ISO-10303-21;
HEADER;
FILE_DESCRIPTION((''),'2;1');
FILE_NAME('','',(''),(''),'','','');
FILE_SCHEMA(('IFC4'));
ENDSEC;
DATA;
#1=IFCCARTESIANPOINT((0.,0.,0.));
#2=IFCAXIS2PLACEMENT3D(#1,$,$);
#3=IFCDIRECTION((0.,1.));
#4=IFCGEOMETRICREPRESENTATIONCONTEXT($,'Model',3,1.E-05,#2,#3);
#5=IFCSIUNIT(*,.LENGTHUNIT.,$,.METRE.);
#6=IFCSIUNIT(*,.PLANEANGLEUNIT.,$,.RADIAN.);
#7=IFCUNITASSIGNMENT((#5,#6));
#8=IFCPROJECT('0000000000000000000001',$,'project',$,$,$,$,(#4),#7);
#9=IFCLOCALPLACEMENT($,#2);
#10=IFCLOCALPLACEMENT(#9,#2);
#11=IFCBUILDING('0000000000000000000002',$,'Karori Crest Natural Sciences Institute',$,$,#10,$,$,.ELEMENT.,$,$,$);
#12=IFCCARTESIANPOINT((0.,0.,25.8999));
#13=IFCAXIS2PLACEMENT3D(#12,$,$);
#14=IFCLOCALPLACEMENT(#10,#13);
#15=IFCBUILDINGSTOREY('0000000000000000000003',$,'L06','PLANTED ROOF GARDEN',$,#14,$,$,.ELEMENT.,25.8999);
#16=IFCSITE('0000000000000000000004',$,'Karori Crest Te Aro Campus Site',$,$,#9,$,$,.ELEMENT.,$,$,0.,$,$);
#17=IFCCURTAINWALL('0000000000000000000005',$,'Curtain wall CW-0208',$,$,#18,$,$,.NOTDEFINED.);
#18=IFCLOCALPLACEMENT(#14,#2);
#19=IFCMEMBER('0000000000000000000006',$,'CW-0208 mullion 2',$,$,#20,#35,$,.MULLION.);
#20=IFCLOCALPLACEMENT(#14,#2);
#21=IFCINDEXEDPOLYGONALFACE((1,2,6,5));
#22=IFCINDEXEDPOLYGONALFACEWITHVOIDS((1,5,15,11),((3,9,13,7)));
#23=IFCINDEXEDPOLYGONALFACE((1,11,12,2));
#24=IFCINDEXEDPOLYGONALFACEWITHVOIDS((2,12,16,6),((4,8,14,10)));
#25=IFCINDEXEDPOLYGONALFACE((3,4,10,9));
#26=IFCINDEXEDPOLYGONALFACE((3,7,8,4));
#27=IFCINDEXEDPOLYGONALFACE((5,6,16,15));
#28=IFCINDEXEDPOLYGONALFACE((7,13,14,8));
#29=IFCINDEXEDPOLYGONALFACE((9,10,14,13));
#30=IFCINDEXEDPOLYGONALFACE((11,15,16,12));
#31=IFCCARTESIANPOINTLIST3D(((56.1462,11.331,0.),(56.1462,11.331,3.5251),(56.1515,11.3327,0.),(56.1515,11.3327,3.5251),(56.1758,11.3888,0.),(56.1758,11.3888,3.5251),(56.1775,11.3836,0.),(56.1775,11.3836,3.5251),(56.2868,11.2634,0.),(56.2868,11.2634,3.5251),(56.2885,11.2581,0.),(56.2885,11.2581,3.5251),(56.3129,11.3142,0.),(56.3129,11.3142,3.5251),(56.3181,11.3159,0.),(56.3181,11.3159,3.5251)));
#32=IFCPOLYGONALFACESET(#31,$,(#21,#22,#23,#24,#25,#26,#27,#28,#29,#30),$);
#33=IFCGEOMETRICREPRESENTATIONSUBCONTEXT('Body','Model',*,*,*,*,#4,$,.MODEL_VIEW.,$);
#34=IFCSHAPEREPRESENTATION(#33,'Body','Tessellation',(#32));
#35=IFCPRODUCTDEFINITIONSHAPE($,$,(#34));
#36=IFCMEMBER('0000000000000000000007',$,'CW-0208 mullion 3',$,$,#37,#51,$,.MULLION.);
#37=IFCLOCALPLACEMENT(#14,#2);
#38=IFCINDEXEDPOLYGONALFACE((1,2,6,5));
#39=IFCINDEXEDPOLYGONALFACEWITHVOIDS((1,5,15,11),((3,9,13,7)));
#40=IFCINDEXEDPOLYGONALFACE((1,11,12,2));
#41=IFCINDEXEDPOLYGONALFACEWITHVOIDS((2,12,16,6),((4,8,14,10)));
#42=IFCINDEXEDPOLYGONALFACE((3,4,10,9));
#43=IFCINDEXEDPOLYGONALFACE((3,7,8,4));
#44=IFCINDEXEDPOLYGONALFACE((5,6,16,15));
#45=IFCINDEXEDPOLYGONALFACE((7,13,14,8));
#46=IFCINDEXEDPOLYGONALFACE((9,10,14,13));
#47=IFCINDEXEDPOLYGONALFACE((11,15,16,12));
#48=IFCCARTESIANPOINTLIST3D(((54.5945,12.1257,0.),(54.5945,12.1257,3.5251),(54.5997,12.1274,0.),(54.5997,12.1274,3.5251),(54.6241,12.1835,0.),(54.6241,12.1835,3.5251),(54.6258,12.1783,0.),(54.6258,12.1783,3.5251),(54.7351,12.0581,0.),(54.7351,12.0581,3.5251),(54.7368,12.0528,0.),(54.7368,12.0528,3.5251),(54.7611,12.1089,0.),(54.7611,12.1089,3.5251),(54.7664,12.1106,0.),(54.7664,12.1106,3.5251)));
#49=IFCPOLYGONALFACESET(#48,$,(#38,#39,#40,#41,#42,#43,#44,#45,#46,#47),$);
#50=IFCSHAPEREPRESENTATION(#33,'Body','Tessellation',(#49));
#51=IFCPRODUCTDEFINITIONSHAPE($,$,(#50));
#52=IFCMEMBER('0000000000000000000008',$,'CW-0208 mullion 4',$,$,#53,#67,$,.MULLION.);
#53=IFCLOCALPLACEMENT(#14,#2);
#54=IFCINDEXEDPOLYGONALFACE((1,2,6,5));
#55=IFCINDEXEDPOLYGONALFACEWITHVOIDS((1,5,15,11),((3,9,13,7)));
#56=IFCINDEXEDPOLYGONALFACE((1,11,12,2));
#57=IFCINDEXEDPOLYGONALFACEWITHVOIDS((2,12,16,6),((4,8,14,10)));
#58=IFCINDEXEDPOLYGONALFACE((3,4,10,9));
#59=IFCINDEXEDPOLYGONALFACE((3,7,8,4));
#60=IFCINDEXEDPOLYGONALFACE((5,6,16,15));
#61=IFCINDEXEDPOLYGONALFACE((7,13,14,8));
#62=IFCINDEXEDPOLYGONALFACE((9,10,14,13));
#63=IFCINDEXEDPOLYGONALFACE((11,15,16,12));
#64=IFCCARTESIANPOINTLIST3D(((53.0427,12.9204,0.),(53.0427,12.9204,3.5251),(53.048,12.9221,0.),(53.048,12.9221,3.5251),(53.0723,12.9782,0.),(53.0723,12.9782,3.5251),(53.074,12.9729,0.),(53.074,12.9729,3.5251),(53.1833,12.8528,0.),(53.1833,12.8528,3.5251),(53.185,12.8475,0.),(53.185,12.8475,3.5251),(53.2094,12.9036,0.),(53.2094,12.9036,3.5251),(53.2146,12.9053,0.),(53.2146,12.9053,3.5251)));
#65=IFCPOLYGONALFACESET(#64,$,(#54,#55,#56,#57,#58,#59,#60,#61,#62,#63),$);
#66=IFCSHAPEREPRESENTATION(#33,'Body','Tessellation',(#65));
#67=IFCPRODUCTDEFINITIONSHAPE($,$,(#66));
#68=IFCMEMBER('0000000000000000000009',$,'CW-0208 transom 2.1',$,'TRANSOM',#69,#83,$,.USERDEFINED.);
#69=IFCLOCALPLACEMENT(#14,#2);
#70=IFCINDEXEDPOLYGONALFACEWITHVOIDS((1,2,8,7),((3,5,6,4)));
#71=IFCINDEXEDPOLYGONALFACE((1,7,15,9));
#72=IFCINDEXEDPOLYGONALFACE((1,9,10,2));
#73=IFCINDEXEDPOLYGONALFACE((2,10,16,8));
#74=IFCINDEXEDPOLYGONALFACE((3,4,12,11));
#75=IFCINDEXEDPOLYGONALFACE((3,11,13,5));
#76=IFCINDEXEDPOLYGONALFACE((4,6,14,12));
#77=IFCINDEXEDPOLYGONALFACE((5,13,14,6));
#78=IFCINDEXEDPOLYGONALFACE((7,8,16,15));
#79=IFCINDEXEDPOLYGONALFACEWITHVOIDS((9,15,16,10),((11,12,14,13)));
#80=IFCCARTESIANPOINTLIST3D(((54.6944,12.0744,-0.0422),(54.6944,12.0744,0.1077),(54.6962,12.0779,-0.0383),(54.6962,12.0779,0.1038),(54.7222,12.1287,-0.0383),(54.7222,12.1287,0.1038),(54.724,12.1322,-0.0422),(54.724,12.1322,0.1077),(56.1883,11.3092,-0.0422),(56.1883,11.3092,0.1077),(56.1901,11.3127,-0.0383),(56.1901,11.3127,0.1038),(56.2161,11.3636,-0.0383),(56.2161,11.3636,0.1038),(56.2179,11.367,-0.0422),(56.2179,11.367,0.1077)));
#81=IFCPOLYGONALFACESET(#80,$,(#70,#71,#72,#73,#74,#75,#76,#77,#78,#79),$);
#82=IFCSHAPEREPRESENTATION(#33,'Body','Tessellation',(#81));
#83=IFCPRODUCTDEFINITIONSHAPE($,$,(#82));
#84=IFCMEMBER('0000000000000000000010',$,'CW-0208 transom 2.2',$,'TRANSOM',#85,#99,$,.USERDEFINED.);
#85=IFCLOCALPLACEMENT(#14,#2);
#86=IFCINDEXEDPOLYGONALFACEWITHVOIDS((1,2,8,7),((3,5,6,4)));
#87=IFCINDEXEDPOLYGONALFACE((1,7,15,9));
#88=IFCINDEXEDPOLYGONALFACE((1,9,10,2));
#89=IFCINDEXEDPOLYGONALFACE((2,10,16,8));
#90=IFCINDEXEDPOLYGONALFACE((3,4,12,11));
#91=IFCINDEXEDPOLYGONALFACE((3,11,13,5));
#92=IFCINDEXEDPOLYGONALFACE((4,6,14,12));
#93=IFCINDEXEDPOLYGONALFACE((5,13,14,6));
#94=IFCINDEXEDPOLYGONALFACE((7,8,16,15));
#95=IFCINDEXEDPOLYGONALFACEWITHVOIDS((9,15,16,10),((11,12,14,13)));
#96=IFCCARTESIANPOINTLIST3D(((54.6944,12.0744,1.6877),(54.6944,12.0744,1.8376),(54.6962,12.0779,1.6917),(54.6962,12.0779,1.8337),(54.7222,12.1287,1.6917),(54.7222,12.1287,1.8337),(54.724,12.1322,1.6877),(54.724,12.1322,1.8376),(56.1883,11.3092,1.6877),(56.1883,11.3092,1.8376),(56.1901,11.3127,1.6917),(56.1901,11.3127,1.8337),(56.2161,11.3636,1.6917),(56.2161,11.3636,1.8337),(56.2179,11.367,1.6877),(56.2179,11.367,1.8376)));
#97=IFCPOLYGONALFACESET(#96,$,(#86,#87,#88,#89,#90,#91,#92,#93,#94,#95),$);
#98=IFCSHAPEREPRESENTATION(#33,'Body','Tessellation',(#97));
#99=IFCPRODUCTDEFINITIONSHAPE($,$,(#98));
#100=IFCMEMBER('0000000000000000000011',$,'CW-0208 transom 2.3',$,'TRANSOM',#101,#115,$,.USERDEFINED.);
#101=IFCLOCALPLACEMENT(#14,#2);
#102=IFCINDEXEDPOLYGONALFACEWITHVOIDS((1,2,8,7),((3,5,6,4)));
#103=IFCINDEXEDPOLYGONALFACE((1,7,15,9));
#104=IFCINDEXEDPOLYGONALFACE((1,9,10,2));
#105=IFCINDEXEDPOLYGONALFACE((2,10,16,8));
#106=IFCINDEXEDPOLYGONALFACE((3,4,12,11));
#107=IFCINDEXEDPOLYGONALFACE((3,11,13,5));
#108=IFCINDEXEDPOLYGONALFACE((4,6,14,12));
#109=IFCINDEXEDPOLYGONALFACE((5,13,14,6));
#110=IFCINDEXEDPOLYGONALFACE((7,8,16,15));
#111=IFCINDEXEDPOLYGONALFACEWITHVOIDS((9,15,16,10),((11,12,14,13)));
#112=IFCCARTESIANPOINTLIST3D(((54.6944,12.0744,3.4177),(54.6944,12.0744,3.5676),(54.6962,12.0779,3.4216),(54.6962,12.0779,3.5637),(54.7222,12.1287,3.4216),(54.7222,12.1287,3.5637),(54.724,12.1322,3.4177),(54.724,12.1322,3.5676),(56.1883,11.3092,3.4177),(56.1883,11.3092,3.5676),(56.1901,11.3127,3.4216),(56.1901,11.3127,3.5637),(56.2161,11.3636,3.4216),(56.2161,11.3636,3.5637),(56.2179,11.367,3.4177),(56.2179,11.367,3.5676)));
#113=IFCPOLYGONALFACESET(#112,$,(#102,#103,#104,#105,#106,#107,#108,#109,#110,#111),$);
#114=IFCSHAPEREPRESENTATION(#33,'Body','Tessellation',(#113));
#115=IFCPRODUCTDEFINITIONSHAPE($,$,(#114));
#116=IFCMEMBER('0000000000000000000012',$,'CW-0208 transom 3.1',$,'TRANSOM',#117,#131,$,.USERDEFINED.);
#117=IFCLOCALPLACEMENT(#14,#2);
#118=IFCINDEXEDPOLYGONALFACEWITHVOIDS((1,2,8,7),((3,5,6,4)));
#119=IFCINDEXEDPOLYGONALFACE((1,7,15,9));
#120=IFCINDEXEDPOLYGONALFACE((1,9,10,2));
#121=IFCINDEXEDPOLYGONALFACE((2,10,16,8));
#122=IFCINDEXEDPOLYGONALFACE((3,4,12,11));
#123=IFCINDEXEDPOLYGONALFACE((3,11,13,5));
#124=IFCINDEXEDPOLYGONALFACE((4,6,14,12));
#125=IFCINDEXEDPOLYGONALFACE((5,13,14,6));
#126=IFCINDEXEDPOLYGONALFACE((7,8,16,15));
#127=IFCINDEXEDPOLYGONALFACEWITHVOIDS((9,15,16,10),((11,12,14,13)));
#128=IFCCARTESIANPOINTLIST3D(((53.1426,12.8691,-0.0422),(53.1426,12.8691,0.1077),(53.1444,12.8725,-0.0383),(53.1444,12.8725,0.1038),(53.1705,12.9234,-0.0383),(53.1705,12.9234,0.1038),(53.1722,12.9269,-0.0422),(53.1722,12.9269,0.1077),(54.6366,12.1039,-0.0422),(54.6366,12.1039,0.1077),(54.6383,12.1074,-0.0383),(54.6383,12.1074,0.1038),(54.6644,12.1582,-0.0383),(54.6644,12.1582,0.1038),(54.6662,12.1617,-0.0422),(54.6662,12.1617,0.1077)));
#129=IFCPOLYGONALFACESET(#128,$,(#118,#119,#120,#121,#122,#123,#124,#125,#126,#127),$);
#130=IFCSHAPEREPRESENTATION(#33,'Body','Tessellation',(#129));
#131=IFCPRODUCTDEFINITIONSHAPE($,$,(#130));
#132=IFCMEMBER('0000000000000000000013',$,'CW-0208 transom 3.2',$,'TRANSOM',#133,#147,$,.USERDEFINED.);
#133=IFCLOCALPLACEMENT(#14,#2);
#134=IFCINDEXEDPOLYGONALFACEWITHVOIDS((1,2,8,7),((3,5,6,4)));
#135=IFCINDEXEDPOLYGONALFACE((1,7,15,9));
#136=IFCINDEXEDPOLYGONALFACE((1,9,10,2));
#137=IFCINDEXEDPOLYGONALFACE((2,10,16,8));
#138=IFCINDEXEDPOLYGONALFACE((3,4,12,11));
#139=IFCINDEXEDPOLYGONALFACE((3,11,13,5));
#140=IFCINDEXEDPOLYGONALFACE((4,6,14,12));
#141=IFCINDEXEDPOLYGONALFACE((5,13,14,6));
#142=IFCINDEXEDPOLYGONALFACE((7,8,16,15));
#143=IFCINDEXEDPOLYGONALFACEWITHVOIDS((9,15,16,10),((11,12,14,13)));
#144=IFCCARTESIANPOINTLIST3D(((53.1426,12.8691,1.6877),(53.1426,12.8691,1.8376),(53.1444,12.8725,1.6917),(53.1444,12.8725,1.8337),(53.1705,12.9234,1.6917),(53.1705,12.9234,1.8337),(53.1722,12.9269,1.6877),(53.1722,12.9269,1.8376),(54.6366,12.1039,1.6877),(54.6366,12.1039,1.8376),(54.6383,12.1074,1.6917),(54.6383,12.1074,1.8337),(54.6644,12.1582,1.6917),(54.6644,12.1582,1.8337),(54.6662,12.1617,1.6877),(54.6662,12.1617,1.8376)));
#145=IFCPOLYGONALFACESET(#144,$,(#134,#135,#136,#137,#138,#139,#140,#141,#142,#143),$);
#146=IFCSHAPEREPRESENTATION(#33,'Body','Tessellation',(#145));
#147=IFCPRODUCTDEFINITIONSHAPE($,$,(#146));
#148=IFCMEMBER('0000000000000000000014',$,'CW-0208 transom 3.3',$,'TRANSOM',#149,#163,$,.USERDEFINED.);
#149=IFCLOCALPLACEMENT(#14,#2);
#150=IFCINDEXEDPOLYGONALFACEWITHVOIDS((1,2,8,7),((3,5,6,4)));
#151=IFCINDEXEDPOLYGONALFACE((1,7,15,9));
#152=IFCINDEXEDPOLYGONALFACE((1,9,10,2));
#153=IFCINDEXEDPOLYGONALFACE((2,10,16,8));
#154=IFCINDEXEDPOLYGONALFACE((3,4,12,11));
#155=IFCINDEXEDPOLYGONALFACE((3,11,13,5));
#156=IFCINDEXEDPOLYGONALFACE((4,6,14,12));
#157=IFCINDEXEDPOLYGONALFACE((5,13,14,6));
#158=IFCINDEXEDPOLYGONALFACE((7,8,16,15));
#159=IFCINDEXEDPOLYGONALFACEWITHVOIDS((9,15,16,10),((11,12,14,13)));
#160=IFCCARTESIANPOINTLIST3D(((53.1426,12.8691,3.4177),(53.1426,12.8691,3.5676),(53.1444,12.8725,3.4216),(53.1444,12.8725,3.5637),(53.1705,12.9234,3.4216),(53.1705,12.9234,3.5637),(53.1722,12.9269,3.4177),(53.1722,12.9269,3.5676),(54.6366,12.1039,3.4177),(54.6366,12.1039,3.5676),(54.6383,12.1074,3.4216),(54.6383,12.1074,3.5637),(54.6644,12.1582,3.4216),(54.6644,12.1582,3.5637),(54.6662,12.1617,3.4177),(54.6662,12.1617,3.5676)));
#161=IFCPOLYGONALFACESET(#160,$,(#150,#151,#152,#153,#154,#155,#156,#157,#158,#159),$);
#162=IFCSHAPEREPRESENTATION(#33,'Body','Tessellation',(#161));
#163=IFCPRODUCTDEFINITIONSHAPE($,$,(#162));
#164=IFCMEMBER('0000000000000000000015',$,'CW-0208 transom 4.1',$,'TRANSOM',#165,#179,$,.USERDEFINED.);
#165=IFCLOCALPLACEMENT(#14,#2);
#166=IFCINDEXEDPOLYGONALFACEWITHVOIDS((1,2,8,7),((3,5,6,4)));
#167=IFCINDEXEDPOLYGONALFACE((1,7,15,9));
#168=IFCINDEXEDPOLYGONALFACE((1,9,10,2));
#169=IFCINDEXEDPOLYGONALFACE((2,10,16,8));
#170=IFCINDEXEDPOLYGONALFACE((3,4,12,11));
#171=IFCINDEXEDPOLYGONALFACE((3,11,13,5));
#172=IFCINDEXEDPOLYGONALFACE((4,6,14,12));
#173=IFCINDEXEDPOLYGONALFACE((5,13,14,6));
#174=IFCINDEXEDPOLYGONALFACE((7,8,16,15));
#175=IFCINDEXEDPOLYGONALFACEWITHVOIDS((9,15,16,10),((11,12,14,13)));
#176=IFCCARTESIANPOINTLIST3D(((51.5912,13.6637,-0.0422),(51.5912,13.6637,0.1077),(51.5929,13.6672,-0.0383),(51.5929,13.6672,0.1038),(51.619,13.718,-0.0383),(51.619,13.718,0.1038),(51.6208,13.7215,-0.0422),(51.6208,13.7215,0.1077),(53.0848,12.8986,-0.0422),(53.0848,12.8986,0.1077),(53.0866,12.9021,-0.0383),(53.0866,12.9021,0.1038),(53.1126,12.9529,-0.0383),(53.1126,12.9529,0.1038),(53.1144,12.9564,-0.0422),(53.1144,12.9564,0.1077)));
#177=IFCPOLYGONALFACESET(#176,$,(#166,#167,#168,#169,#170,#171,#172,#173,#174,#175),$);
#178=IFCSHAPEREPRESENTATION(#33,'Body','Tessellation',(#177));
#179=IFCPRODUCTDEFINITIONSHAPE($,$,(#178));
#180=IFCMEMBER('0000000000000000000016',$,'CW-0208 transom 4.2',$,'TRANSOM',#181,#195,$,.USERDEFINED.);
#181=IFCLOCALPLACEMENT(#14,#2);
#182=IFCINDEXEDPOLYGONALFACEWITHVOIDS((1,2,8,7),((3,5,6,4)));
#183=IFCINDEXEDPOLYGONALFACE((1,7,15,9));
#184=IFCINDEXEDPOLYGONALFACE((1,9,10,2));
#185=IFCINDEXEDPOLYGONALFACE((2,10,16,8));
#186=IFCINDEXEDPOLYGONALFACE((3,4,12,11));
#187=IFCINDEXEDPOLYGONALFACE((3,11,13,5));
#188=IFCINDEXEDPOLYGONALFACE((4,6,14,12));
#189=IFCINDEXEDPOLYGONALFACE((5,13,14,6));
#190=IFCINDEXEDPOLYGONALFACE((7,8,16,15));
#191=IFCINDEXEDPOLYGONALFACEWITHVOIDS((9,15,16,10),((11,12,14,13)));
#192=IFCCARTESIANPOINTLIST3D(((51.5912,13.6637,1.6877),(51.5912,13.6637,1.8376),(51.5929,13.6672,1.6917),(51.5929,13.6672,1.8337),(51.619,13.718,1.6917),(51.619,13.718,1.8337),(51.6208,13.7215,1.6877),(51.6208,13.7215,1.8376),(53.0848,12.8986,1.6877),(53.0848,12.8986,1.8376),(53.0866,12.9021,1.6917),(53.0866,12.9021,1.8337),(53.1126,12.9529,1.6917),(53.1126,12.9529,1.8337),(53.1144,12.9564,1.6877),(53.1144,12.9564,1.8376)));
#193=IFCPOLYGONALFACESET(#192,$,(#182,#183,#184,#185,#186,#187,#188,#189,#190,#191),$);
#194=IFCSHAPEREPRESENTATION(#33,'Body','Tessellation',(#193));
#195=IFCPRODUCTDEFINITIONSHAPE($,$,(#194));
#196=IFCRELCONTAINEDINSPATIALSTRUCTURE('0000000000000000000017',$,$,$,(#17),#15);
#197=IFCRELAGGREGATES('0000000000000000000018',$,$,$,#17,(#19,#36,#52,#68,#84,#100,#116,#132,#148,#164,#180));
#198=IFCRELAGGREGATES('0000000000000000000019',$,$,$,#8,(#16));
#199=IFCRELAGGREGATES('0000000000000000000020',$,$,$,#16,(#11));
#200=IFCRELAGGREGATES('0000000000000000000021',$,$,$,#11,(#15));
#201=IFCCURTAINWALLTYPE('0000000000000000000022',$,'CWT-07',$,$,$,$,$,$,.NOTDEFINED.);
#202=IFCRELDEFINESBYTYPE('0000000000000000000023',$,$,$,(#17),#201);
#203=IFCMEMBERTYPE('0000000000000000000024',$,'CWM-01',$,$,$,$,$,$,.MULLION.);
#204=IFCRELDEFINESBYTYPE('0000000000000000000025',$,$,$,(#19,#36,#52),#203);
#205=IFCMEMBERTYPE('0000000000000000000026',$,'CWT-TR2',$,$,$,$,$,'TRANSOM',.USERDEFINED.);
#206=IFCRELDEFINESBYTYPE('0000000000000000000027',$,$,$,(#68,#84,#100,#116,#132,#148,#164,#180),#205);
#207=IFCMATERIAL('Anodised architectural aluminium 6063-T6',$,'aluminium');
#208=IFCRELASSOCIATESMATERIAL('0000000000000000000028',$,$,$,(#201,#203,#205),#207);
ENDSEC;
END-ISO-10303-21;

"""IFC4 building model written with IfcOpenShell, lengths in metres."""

from ifc_helpers import new_model, si_unit, direction, frame, origin, origin_2d, place, context, subcontext, project, spatial, hollow_rectangle, extrude, material, material_profile, profile_set, type_object, element, aggregate, save


model = new_model("IFC4")

# Units and contexts
model_context = context("Model", 3, precision=1e-05, world=origin(), true_north=direction((0.0, 1.0)))
body_context = subcontext(model_context, "Body", "Model", "MODEL_VIEW")
ifc_project = project(units=[si_unit("LENGTHUNIT", "METRE"), si_unit("PLANEANGLEUNIT", "RADIAN")], contexts=[model_context])

# Site, building, storey
site_placement = place(None, origin())
site = spatial("IfcSite", under=ifc_project, at=site_placement, Name="Karori Crest Te Aro Campus Site", CompositionType="ELEMENT", RefElevation=0.0)
building_placement = place(site_placement, origin())
building = spatial("IfcBuilding", under=site, at=building_placement, Name="Karori Crest Natural Sciences Institute", CompositionType="ELEMENT")
storey_placement = place(building_placement, frame((0.0, 0.0, 25.8999)))
storey = spatial("IfcBuildingStorey", under=building, at=storey_placement, Name="L06", Description="PLANTED ROOF GARDEN", CompositionType="ELEMENT", Elevation=25.8999)

# Curtain wall, members
ifc_material_1 = material(Name="Anodised architectural aluminium 6063-T6", Category="aluminium")
curtain_wall_type = type_object("IfcCurtainWallType", Name="CWT-07", PredefinedType="NOTDEFINED", material=ifc_material_1)
curtain_wall_placement = place(storey_placement, origin())
curtain_wall = element("IfcCurtainWall", 1, at=curtain_wall_placement, inside=storey, type_object=curtain_wall_type, Name="Curtain wall CW-0208", PredefinedType="NOTDEFINED")
ifc_material_profile_1 = material_profile(ifc_material_1, hollow_rectangle(XDim=0.0649, YDim=0.1599, WallThickness=0.0039, at=origin_2d()), Name="CWM160x65x4")
ifc_profile_set_1 = profile_set([ifc_material_profile_1], Name="Anodised architectural aluminium 6063-T6")
member_type_1 = type_object("IfcMemberType", Name="CWM-01", PredefinedType="MULLION", material=ifc_profile_set_1)
member_1_placement = place(storey_placement, frame((56.2322, 11.3235, 0.0), z_axis=(0.0, 0.0, 1.0), x_axis=(-0.455829, -0.890067, 0.0)))
member_1 = element("IfcMember", 2, at=member_1_placement, type_object=member_type_1, Name="CW-0208 mullion 2", PredefinedType="MULLION", context=body_context, shape_type="SweptSolid", body=[
    extrude(hollow_rectangle(XDim=0.0649, YDim=0.1599, WallThickness=0.0039, at=origin_2d()), origin(), (0.0, 0.0, 1.0), 3.5251),
])
member_2_placement = place(storey_placement, frame((54.6804, 12.1182, 0.0), z_axis=(0.0, 0.0, 1.0), x_axis=(-0.455829, -0.890067, 0.0)))
member_2 = element("IfcMember", 3, at=member_2_placement, type_object=member_type_1, Name="CW-0208 mullion 3", PredefinedType="MULLION", context=body_context, shape_type="SweptSolid", body=[
    extrude(hollow_rectangle(XDim=0.0649, YDim=0.1599, WallThickness=0.0039, at=origin_2d()), origin(), (0.0, 0.0, 1.0), 3.5251),
])
member_3_placement = place(storey_placement, frame((53.1287, 12.9128, 0.0), z_axis=(0.0, 0.0, 1.0), x_axis=(-0.455829, -0.890067, 0.0)))
member_3 = element("IfcMember", 4, at=member_3_placement, type_object=member_type_1, Name="CW-0208 mullion 4", PredefinedType="MULLION", context=body_context, shape_type="SweptSolid", body=[
    extrude(hollow_rectangle(XDim=0.0649, YDim=0.1599, WallThickness=0.0039, at=origin_2d()), origin(), (0.0, 0.0, 1.0), 3.5251),
])
ifc_material_profile_2 = material_profile(ifc_material_1, hollow_rectangle(XDim=0.0649, YDim=0.1499, WallThickness=0.0039, at=origin_2d()), Name="CWT150x65x4")
ifc_profile_set_2 = profile_set([ifc_material_profile_2], Name="Anodised architectural aluminium 6063-T6")
member_type_2 = type_object("IfcMemberType", Name="CWT-TR2", ElementType="TRANSOM", PredefinedType="USERDEFINED", material=ifc_profile_set_2)
member_4_placement = place(storey_placement, frame((56.2031, 11.3381, 0.0327), z_axis=(-0.890051, 0.455862, 0.0), x_axis=(-0.455862, -0.890051, 0.0)))
member_4 = element("IfcMember", 5, at=member_4_placement, type_object=member_type_2, Name="CW-0208 transom 2.1", ObjectType="TRANSOM", PredefinedType="USERDEFINED", context=body_context, shape_type="SweptSolid", body=[
    extrude(hollow_rectangle(XDim=0.0649, YDim=0.1499, WallThickness=0.0039, at=origin_2d()), origin(), (0.0, 0.0, 1.0), 1.6785),
])
member_5_placement = place(storey_placement, frame((56.2031, 11.3381, 1.7627), z_axis=(-0.890051, 0.455862, 0.0), x_axis=(-0.455862, -0.890051, 0.0)))
member_5 = element("IfcMember", 6, at=member_5_placement, type_object=member_type_2, Name="CW-0208 transom 2.2", ObjectType="TRANSOM", PredefinedType="USERDEFINED", context=body_context, shape_type="SweptSolid", body=[
    extrude(hollow_rectangle(XDim=0.0649, YDim=0.1499, WallThickness=0.0039, at=origin_2d()), origin(), (0.0, 0.0, 1.0), 1.6785),
])
member_6_placement = place(storey_placement, frame((56.2031, 11.3381, 3.4927), z_axis=(-0.890051, 0.455862, 0.0), x_axis=(-0.455862, -0.890051, 0.0)))
member_6 = element("IfcMember", 7, at=member_6_placement, type_object=member_type_2, Name="CW-0208 transom 2.3", ObjectType="TRANSOM", PredefinedType="USERDEFINED", context=body_context, shape_type="SweptSolid", body=[
    extrude(hollow_rectangle(XDim=0.0649, YDim=0.1499, WallThickness=0.0039, at=origin_2d()), origin(), (0.0, 0.0, 1.0), 1.6785),
])
member_7_placement = place(storey_placement, frame((54.6514, 12.1328, 0.0327), z_axis=(-0.890051, 0.455862, 0.0), x_axis=(-0.455862, -0.890051, 0.0)))
member_7 = element("IfcMember", 8, at=member_7_placement, type_object=member_type_2, Name="CW-0208 transom 3.1", ObjectType="TRANSOM", PredefinedType="USERDEFINED", context=body_context, shape_type="SweptSolid", body=[
    extrude(hollow_rectangle(XDim=0.0649, YDim=0.1499, WallThickness=0.0039, at=origin_2d()), origin(), (0.0, 0.0, 1.0), 1.6785),
])
member_8_placement = place(storey_placement, frame((54.6514, 12.1328, 1.7627), z_axis=(-0.890051, 0.455862, 0.0), x_axis=(-0.455862, -0.890051, 0.0)))
member_8 = element("IfcMember", 9, at=member_8_placement, type_object=member_type_2, Name="CW-0208 transom 3.2", ObjectType="TRANSOM", PredefinedType="USERDEFINED", context=body_context, shape_type="SweptSolid", body=[
    extrude(hollow_rectangle(XDim=0.0649, YDim=0.1499, WallThickness=0.0039, at=origin_2d()), origin(), (0.0, 0.0, 1.0), 1.6785),
])
member_9_placement = place(storey_placement, frame((54.6514, 12.1328, 3.4927), z_axis=(-0.890051, 0.455862, 0.0), x_axis=(-0.455862, -0.890051, 0.0)))
member_9 = element("IfcMember", 10, at=member_9_placement, type_object=member_type_2, Name="CW-0208 transom 3.3", ObjectType="TRANSOM", PredefinedType="USERDEFINED", context=body_context, shape_type="SweptSolid", body=[
    extrude(hollow_rectangle(XDim=0.0649, YDim=0.1499, WallThickness=0.0039, at=origin_2d()), origin(), (0.0, 0.0, 1.0), 1.6785),
])
member_10_placement = place(storey_placement, frame((53.0996, 12.9275, 0.0327), z_axis=(-0.89002, 0.455921, 0.0), x_axis=(-0.455921, -0.89002, 0.0)))
member_10 = element("IfcMember", 11, at=member_10_placement, type_object=member_type_2, Name="CW-0208 transom 4.1", ObjectType="TRANSOM", PredefinedType="USERDEFINED", context=body_context, shape_type="SweptSolid", body=[
    extrude(hollow_rectangle(XDim=0.0649, YDim=0.1499, WallThickness=0.0039, at=origin_2d()), origin(), (0.0, 0.0, 1.0), 1.6782),
])
member_11_placement = place(storey_placement, frame((53.0996, 12.9275, 1.7627), z_axis=(-0.89002, 0.455921, 0.0), x_axis=(-0.455921, -0.89002, 0.0)))
member_11 = element("IfcMember", 12, at=member_11_placement, type_object=member_type_2, Name="CW-0208 transom 4.2", ObjectType="TRANSOM", PredefinedType="USERDEFINED", context=body_context, shape_type="SweptSolid", body=[
    extrude(hollow_rectangle(XDim=0.0649, YDim=0.1499, WallThickness=0.0039, at=origin_2d()), origin(), (0.0, 0.0, 1.0), 1.6782),
])
aggregate(curtain_wall, [member_1, member_2, member_3, member_4, member_5, member_6, member_7, member_8, member_9, member_10, member_11])

save(model, "model.ifc")
